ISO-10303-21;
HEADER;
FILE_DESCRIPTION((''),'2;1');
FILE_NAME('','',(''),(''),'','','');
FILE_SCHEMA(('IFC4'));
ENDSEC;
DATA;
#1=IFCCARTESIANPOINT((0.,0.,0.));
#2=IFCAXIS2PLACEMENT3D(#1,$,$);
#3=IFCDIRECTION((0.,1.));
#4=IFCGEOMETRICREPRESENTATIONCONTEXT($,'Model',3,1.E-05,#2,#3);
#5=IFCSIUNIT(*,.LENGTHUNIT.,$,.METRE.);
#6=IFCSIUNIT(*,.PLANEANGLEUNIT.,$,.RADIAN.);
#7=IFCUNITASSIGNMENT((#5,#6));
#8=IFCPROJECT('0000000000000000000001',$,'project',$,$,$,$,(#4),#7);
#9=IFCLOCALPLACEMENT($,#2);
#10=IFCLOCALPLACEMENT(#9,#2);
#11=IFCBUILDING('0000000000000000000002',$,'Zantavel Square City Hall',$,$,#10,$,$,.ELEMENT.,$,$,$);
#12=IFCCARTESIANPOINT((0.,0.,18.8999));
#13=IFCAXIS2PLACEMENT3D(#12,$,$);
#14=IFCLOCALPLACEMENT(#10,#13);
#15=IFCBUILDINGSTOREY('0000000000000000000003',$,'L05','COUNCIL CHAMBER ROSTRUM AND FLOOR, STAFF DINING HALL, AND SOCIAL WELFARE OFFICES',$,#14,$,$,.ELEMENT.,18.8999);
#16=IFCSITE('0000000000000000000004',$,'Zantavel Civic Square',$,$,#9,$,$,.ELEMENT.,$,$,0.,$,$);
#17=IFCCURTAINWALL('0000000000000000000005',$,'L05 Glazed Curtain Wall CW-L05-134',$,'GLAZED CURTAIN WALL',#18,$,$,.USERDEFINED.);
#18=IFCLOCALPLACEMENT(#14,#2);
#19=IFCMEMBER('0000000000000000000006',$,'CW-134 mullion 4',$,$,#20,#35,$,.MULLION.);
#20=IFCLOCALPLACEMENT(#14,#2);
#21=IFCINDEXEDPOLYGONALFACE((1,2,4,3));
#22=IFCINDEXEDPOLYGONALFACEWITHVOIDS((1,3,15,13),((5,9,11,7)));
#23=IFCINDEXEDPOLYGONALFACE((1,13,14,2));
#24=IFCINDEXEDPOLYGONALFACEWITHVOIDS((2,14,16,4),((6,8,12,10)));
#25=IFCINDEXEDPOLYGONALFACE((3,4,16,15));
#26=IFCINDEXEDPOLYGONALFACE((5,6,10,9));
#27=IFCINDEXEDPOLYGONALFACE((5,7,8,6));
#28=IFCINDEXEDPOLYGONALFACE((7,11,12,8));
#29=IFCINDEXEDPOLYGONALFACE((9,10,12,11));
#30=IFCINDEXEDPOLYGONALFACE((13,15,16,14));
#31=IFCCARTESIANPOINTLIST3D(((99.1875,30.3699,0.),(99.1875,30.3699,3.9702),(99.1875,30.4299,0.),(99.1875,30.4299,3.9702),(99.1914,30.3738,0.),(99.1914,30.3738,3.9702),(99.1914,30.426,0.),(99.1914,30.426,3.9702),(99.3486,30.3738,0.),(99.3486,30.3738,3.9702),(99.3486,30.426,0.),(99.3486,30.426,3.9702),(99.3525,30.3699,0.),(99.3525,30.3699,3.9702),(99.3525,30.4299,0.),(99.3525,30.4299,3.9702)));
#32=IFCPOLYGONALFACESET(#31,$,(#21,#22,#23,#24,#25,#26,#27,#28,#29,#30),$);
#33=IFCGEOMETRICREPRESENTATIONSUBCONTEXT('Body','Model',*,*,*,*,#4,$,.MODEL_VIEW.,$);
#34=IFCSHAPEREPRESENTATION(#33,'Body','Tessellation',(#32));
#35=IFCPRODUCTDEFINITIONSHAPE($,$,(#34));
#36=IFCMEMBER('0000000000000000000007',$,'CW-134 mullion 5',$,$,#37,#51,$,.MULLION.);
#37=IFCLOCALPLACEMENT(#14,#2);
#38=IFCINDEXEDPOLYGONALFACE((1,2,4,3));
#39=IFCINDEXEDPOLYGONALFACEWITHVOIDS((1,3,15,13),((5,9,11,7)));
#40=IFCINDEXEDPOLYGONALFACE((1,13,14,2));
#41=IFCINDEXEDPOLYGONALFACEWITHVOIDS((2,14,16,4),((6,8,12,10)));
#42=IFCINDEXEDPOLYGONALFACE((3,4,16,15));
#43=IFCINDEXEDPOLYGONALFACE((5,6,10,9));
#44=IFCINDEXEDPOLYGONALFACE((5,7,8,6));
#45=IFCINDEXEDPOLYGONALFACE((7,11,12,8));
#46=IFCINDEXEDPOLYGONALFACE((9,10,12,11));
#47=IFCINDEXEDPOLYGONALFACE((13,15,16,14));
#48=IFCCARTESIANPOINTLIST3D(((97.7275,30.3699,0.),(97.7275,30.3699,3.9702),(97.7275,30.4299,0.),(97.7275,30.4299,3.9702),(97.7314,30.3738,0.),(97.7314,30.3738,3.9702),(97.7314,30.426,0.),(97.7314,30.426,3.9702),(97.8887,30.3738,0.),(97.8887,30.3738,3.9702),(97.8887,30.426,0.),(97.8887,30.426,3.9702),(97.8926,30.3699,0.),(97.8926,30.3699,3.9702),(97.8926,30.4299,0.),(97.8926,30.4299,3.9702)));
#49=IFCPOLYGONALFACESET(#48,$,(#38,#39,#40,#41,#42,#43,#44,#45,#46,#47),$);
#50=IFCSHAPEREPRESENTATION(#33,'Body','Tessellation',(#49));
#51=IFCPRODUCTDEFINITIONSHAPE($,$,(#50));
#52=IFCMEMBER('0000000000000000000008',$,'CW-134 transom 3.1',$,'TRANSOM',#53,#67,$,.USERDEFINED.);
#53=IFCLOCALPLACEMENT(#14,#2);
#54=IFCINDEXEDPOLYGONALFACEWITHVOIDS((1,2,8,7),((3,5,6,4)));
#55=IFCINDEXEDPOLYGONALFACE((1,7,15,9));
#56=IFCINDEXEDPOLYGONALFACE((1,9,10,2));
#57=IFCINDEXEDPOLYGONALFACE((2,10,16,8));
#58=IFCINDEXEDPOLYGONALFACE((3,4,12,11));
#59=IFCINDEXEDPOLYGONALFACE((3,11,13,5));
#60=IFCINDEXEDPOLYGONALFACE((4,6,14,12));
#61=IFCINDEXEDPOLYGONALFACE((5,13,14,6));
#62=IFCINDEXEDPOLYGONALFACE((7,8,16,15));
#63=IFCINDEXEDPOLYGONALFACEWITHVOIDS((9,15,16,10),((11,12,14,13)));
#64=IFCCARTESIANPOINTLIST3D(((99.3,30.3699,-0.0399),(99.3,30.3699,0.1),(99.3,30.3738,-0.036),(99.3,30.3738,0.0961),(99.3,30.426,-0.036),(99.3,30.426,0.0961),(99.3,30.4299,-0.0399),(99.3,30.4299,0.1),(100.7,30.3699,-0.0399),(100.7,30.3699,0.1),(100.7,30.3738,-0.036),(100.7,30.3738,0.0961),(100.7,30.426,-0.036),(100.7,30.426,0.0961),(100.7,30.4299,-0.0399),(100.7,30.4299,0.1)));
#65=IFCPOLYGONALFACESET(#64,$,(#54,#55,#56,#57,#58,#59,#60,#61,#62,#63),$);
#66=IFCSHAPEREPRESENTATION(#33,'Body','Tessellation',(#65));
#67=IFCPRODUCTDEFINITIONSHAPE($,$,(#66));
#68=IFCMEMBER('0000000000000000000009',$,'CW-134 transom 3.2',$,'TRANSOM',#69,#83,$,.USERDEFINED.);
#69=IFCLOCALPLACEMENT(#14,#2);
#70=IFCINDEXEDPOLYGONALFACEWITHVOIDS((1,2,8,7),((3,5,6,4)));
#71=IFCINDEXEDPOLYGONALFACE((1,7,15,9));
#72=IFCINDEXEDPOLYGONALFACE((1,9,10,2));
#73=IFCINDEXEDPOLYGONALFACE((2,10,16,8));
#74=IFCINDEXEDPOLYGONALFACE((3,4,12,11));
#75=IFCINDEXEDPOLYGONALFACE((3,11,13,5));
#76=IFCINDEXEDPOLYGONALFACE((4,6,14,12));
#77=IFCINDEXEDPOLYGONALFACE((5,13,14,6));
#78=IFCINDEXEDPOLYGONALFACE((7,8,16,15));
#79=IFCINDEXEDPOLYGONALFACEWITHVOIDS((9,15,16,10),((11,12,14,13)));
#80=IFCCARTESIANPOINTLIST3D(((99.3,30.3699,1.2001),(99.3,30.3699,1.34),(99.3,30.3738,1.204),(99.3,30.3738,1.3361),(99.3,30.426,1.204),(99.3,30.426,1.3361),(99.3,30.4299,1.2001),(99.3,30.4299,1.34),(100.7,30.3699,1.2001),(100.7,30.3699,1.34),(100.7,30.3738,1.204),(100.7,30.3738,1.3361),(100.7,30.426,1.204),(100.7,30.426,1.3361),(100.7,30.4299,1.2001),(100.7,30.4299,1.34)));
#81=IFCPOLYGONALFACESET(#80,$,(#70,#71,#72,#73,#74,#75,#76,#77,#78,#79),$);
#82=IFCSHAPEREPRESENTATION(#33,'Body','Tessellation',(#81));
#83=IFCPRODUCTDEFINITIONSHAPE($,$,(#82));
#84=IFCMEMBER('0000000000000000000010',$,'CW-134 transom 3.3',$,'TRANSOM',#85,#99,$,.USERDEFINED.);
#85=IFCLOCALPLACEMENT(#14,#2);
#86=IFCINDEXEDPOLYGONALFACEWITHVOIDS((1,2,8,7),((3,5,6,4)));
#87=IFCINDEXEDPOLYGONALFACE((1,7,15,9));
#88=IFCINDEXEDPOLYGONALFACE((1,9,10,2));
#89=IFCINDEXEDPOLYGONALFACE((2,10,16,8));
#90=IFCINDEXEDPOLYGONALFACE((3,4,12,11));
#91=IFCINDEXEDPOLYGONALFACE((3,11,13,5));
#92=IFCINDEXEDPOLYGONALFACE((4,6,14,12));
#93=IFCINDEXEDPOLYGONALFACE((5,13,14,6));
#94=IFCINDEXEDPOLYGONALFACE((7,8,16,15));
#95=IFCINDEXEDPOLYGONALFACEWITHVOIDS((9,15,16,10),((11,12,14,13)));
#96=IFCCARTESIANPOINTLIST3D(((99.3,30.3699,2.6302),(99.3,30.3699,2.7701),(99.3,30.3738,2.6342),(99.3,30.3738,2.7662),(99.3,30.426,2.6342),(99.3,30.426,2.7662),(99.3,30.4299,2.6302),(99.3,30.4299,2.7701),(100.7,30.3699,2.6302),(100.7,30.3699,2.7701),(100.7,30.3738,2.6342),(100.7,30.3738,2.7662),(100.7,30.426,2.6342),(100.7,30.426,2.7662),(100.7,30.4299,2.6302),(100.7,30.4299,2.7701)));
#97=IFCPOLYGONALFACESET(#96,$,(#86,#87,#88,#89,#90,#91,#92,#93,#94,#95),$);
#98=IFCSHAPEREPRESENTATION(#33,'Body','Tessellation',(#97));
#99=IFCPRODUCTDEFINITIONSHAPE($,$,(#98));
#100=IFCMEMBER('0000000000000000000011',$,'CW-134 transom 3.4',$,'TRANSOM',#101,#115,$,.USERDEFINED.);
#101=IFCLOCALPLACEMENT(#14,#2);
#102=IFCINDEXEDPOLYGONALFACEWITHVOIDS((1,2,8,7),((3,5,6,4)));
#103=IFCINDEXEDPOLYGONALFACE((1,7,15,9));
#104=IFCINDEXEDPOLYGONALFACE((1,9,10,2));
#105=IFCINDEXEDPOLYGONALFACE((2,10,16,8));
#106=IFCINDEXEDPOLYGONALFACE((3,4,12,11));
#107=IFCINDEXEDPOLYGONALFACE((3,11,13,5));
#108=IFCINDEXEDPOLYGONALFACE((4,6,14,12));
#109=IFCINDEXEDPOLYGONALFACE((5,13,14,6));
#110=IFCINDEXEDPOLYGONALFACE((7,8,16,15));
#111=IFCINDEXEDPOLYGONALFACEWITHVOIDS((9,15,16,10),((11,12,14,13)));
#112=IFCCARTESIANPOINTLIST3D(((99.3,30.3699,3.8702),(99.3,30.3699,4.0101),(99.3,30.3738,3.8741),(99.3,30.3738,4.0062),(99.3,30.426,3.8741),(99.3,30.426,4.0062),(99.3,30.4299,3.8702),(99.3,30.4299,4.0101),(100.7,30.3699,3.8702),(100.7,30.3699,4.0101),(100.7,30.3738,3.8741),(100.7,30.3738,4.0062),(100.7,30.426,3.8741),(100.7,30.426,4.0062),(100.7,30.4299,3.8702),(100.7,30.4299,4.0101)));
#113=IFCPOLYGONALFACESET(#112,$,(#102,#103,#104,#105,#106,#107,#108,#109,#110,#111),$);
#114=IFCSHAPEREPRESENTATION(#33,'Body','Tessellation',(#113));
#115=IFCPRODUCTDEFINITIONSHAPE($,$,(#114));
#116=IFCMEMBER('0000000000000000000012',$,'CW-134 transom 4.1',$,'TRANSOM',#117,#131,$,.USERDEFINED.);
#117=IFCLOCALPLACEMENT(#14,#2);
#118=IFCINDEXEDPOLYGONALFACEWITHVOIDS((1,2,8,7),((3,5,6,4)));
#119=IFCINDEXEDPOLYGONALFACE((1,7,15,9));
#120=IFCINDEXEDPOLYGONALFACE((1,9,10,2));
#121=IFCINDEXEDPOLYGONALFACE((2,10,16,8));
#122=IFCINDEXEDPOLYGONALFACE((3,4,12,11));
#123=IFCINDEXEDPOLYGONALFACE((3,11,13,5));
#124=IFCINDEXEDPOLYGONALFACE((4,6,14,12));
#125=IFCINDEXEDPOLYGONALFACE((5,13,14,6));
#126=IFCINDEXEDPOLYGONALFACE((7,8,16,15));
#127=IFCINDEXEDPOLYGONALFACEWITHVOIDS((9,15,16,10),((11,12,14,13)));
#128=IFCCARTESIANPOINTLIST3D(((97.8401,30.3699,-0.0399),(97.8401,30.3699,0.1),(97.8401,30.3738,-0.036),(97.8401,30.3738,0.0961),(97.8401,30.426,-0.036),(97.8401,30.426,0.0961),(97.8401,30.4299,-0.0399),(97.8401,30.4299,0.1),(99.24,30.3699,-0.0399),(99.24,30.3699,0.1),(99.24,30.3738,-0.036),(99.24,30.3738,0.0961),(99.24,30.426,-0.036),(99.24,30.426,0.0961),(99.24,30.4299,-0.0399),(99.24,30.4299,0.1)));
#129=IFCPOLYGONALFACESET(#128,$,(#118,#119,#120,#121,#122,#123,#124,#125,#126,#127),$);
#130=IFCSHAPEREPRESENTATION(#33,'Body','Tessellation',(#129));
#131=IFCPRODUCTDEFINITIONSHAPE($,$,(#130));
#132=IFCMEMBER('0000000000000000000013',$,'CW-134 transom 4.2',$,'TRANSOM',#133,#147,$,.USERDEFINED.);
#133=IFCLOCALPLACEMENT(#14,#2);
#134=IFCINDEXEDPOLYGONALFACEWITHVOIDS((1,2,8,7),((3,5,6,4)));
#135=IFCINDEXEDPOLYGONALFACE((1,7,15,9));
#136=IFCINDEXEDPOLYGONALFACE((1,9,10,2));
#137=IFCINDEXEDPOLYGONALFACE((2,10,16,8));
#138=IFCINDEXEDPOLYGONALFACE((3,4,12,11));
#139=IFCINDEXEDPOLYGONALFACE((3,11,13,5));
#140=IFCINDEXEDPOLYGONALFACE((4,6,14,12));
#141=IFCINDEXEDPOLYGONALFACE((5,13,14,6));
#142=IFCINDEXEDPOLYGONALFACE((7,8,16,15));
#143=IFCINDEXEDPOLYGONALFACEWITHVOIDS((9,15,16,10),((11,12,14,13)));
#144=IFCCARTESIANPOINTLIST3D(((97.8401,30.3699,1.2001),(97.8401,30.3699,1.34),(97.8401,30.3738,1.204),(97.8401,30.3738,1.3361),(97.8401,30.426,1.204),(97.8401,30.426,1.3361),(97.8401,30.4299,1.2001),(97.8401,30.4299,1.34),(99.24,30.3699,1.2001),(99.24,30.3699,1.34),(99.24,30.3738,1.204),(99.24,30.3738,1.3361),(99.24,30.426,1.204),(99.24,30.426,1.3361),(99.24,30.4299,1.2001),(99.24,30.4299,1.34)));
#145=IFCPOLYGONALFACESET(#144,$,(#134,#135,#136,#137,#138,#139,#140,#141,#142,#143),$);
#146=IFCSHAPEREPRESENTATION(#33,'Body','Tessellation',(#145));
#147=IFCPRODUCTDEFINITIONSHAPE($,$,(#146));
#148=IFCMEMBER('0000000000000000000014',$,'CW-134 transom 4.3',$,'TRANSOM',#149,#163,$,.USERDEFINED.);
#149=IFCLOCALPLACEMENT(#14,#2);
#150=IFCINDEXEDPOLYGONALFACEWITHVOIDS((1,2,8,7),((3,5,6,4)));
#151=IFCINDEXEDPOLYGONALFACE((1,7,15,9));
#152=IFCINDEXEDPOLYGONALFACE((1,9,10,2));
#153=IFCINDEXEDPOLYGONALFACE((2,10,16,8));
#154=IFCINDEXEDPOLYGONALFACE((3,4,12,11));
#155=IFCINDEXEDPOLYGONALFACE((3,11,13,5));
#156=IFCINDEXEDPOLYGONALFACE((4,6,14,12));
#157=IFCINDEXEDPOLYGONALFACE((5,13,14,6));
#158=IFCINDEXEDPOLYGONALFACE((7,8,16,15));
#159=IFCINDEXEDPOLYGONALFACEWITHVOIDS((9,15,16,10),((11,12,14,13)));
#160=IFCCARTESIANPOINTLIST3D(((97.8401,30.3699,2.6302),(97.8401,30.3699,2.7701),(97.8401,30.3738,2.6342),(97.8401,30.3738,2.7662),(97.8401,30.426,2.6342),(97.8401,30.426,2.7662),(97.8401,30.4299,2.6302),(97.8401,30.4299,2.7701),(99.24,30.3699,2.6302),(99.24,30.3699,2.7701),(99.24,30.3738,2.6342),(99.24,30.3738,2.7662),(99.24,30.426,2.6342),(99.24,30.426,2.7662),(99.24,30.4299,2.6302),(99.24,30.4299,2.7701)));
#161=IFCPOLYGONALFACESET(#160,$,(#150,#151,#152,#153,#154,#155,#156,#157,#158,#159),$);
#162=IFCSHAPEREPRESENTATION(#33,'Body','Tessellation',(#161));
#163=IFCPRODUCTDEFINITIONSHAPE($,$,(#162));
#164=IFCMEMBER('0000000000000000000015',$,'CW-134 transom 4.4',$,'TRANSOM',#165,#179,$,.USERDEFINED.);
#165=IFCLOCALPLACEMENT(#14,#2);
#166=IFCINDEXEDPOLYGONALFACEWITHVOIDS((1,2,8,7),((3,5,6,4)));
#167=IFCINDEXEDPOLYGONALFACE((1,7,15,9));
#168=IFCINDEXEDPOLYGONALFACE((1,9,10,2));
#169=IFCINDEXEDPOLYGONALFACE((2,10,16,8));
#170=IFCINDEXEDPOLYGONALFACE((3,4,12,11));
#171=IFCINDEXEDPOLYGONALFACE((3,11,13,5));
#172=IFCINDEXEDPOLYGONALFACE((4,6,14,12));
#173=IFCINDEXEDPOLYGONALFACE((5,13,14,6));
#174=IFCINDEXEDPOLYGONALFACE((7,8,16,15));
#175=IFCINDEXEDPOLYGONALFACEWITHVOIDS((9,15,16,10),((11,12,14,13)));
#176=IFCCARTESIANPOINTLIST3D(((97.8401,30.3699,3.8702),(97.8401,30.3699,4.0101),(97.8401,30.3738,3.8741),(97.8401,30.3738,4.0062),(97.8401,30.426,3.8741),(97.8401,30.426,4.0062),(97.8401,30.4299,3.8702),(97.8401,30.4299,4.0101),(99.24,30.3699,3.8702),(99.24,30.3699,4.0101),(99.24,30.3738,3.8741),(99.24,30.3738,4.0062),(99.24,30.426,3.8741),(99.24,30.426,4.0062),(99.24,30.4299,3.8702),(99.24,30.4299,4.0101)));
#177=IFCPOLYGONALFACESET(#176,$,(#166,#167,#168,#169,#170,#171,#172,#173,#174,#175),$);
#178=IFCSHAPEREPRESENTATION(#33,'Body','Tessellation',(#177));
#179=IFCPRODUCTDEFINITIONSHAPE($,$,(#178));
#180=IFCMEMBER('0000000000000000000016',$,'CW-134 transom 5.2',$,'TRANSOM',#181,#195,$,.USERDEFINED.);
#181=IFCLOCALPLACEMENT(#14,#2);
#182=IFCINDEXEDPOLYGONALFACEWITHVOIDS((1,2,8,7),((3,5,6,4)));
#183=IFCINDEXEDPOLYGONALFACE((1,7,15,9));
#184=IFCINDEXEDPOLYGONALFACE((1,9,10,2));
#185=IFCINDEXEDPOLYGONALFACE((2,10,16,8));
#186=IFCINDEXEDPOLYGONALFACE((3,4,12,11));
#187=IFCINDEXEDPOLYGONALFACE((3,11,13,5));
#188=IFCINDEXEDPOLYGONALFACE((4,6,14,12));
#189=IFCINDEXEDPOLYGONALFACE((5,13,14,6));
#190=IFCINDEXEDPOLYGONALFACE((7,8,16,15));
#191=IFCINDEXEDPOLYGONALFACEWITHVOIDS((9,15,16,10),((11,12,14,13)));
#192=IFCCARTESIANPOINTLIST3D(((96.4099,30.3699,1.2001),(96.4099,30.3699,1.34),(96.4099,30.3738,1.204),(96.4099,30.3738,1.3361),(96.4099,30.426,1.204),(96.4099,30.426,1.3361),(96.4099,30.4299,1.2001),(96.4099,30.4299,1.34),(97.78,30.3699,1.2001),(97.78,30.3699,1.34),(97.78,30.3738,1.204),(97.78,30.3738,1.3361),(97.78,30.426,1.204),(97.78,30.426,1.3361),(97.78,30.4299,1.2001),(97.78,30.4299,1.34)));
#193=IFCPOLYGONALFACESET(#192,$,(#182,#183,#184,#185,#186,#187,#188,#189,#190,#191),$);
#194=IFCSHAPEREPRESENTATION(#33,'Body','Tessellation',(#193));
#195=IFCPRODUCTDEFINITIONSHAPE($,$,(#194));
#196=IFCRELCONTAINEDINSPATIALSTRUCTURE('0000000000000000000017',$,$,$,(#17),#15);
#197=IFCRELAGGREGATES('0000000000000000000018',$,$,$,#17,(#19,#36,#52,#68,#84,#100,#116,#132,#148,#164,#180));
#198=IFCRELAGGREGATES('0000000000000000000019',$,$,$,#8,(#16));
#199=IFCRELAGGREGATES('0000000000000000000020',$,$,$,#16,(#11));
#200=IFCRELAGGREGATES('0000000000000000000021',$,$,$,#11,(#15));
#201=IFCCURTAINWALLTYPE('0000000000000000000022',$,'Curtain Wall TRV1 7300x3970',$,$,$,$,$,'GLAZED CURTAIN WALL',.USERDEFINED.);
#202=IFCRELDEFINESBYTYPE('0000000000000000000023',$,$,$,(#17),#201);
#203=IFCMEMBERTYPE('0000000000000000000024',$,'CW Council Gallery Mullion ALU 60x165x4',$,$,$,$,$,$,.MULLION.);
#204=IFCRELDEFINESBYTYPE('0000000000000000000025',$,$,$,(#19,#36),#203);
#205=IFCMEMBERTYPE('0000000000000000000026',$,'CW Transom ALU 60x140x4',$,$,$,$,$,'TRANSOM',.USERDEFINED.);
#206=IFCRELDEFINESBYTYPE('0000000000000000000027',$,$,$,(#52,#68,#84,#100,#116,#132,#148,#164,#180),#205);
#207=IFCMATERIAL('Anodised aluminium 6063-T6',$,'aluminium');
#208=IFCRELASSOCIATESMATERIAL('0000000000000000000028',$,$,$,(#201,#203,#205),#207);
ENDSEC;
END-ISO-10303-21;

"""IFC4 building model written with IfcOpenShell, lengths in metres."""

from ifc_helpers import new_model, si_unit, direction, frame, origin, origin_2d, place, context, subcontext, project, spatial, hollow_rectangle, extrude, material, material_profile, profile_set, type_object, element, aggregate, save


model = new_model("IFC4")

# Units and contexts
model_context = context("Model", 3, precision=1e-05, world=origin(), true_north=direction((0.0, 1.0)))
body_context = subcontext(model_context, "Body", "Model", "MODEL_VIEW")
ifc_project = project(units=[si_unit("LENGTHUNIT", "METRE"), si_unit("PLANEANGLEUNIT", "RADIAN")], contexts=[model_context])

# Site, building, storey
site_placement = place(None, origin())
site = spatial("IfcSite", under=ifc_project, at=site_placement, Name="Zantavel Civic Square", CompositionType="ELEMENT", RefElevation=0.0)
building_placement = place(site_placement, origin())
building = spatial("IfcBuilding", under=site, at=building_placement, Name="Zantavel Square City Hall", CompositionType="ELEMENT")
storey_placement = place(building_placement, frame((0.0, 0.0, 18.8999)))
storey = spatial("IfcBuildingStorey", under=building, at=storey_placement, Name="L05", Description="COUNCIL CHAMBER ROSTRUM AND FLOOR, STAFF DINING HALL, AND SOCIAL WELFARE OFFICES", CompositionType="ELEMENT", Elevation=18.8999)

# Curtain wall, members
ifc_material_1 = material(Name="Anodised aluminium 6063-T6", Category="aluminium")
curtain_wall_type = type_object("IfcCurtainWallType", Name="Curtain Wall TRV1 7300x3970", ElementType="GLAZED CURTAIN WALL", PredefinedType="USERDEFINED", material=ifc_material_1)
curtain_wall_placement = place(storey_placement, origin())
curtain_wall = element("IfcCurtainWall", 1, at=curtain_wall_placement, inside=storey, type_object=curtain_wall_type, Name="L05 Glazed Curtain Wall CW-L05-134", ObjectType="GLAZED CURTAIN WALL", PredefinedType="USERDEFINED")
ifc_material_profile_1 = material_profile(ifc_material_1, hollow_rectangle(XDim=0.0601, YDim=0.165, WallThickness=0.0039, at=origin_2d()), Name="ALU 60x165x4")
ifc_profile_set_1 = profile_set([ifc_material_profile_1], Name="Anodised aluminium 6063-T6")
member_type_1 = type_object("IfcMemberType", Name="CW Council Gallery Mullion ALU 60x165x4", PredefinedType="MULLION", material=ifc_profile_set_1)
member_1_placement = place(storey_placement, frame((99.27, 30.3999, 0.0), z_axis=(0.0, 0.0, 1.0), x_axis=(0.0, -1.0, 0.0)))
member_1 = element("IfcMember", 2, at=member_1_placement, type_object=member_type_1, Name="CW-134 mullion 4", PredefinedType="MULLION", context=body_context, shape_type="SweptSolid", body=[
    extrude(hollow_rectangle(XDim=0.0601, YDim=0.165, WallThickness=0.0039, at=origin_2d()), origin(), (0.0, 0.0, 1.0), 3.9702),
])
member_2_placement = place(storey_placement, frame((97.8101, 30.3999, 0.0), z_axis=(0.0, 0.0, 1.0), x_axis=(0.0, -1.0, 0.0)))
member_2 = element("IfcMember", 3, at=member_2_placement, type_object=member_type_1, Name="CW-134 mullion 5", PredefinedType="MULLION", context=body_context, shape_type="SweptSolid", body=[
    extrude(hollow_rectangle(XDim=0.0601, YDim=0.165, WallThickness=0.0039, at=origin_2d()), origin(), (0.0, 0.0, 1.0), 3.9702),
])
ifc_material_profile_2 = material_profile(ifc_material_1, hollow_rectangle(XDim=0.0601, YDim=0.1399, WallThickness=0.0039, at=origin_2d()), Name="ALU 60x140x4")
ifc_profile_set_2 = profile_set([ifc_material_profile_2], Name="Anodised aluminium 6063-T6")
member_type_2 = type_object("IfcMemberType", Name="CW Transom ALU 60x140x4", ElementType="TRANSOM", PredefinedType="USERDEFINED", material=ifc_profile_set_2)
member_3_placement = place(storey_placement, frame((100.7, 30.3999, 0.03), z_axis=(-1.0, 0.0, 0.0), x_axis=(0.0, -1.0, 0.0)))
member_3 = element("IfcMember", 4, at=member_3_placement, type_object=member_type_2, Name="CW-134 transom 3.1", ObjectType="TRANSOM", PredefinedType="USERDEFINED", context=body_context, shape_type="SweptSolid", body=[
    extrude(hollow_rectangle(XDim=0.0601, YDim=0.1399, WallThickness=0.0039, at=origin_2d()), origin(), (0.0, 0.0, 1.0), 1.3999),
])
member_4_placement = place(storey_placement, frame((100.7, 30.3999, 1.27), z_axis=(-1.0, 0.0, 0.0), x_axis=(0.0, -1.0, 0.0)))
member_4 = element("IfcMember", 5, at=member_4_placement, type_object=member_type_2, Name="CW-134 transom 3.2", ObjectType="TRANSOM", PredefinedType="USERDEFINED", context=body_context, shape_type="SweptSolid", body=[
    extrude(hollow_rectangle(XDim=0.0601, YDim=0.1399, WallThickness=0.0039, at=origin_2d()), origin(), (0.0, 0.0, 1.0), 1.3999),
])
member_5_placement = place(storey_placement, frame((100.7, 30.3999, 2.7002), z_axis=(-1.0, 0.0, 0.0), x_axis=(0.0, -1.0, 0.0)))
member_5 = element("IfcMember", 6, at=member_5_placement, type_object=member_type_2, Name="CW-134 transom 3.3", ObjectType="TRANSOM", PredefinedType="USERDEFINED", context=body_context, shape_type="SweptSolid", body=[
    extrude(hollow_rectangle(XDim=0.0601, YDim=0.1399, WallThickness=0.0039, at=origin_2d()), origin(), (0.0, 0.0, 1.0), 1.3999),
])
member_6_placement = place(storey_placement, frame((100.7, 30.3999, 3.9402), z_axis=(-1.0, 0.0, 0.0), x_axis=(0.0, -1.0, 0.0)))
member_6 = element("IfcMember", 7, at=member_6_placement, type_object=member_type_2, Name="CW-134 transom 3.4", ObjectType="TRANSOM", PredefinedType="USERDEFINED", context=body_context, shape_type="SweptSolid", body=[
    extrude(hollow_rectangle(XDim=0.0601, YDim=0.1399, WallThickness=0.0039, at=origin_2d()), origin(), (0.0, 0.0, 1.0), 1.3999),
])
member_7_placement = place(storey_placement, frame((99.24, 30.3999, 0.03), z_axis=(-1.0, 0.0, 0.0), x_axis=(0.0, -1.0, 0.0)))
member_7 = element("IfcMember", 8, at=member_7_placement, type_object=member_type_2, Name="CW-134 transom 4.1", ObjectType="TRANSOM", PredefinedType="USERDEFINED", context=body_context, shape_type="SweptSolid", body=[
    extrude(hollow_rectangle(XDim=0.0601, YDim=0.1399, WallThickness=0.0039, at=origin_2d()), origin(), (0.0, 0.0, 1.0), 1.3999),
])
member_8_placement = place(storey_placement, frame((99.24, 30.3999, 1.27), z_axis=(-1.0, 0.0, 0.0), x_axis=(0.0, -1.0, 0.0)))
member_8 = element("IfcMember", 9, at=member_8_placement, type_object=member_type_2, Name="CW-134 transom 4.2", ObjectType="TRANSOM", PredefinedType="USERDEFINED", context=body_context, shape_type="SweptSolid", body=[
    extrude(hollow_rectangle(XDim=0.0601, YDim=0.1399, WallThickness=0.0039, at=origin_2d()), origin(), (0.0, 0.0, 1.0), 1.3999),
])
member_9_placement = place(storey_placement, frame((99.24, 30.3999, 2.7002), z_axis=(-1.0, 0.0, 0.0), x_axis=(0.0, -1.0, 0.0)))
member_9 = element("IfcMember", 10, at=member_9_placement, type_object=member_type_2, Name="CW-134 transom 4.3", ObjectType="TRANSOM", PredefinedType="USERDEFINED", context=body_context, shape_type="SweptSolid", body=[
    extrude(hollow_rectangle(XDim=0.0601, YDim=0.1399, WallThickness=0.0039, at=origin_2d()), origin(), (0.0, 0.0, 1.0), 1.3999),
])
member_10_placement = place(storey_placement, frame((99.24, 30.3999, 3.9402), z_axis=(-1.0, 0.0, 0.0), x_axis=(0.0, -1.0, 0.0)))
member_10 = element("IfcMember", 11, at=member_10_placement, type_object=member_type_2, Name="CW-134 transom 4.4", ObjectType="TRANSOM", PredefinedType="USERDEFINED", context=body_context, shape_type="SweptSolid", body=[
    extrude(hollow_rectangle(XDim=0.0601, YDim=0.1399, WallThickness=0.0039, at=origin_2d()), origin(), (0.0, 0.0, 1.0), 1.3999),
])
member_11_placement = place(storey_placement, frame((97.78, 30.3999, 1.27), z_axis=(-1.0, 0.0, 0.0), x_axis=(0.0, -1.0, 0.0)))
member_11 = element("IfcMember", 12, at=member_11_placement, type_object=member_type_2, Name="CW-134 transom 5.2", ObjectType="TRANSOM", PredefinedType="USERDEFINED", context=body_context, shape_type="SweptSolid", body=[
    extrude(hollow_rectangle(XDim=0.0601, YDim=0.1399, WallThickness=0.0039, at=origin_2d()), origin(), (0.0, 0.0, 1.0), 1.3701),
])
aggregate(curtain_wall, [member_1, member_2, member_3, member_4, member_5, member_6, member_7, member_8, member_9, member_10, member_11])

save(model, "model.ifc")
